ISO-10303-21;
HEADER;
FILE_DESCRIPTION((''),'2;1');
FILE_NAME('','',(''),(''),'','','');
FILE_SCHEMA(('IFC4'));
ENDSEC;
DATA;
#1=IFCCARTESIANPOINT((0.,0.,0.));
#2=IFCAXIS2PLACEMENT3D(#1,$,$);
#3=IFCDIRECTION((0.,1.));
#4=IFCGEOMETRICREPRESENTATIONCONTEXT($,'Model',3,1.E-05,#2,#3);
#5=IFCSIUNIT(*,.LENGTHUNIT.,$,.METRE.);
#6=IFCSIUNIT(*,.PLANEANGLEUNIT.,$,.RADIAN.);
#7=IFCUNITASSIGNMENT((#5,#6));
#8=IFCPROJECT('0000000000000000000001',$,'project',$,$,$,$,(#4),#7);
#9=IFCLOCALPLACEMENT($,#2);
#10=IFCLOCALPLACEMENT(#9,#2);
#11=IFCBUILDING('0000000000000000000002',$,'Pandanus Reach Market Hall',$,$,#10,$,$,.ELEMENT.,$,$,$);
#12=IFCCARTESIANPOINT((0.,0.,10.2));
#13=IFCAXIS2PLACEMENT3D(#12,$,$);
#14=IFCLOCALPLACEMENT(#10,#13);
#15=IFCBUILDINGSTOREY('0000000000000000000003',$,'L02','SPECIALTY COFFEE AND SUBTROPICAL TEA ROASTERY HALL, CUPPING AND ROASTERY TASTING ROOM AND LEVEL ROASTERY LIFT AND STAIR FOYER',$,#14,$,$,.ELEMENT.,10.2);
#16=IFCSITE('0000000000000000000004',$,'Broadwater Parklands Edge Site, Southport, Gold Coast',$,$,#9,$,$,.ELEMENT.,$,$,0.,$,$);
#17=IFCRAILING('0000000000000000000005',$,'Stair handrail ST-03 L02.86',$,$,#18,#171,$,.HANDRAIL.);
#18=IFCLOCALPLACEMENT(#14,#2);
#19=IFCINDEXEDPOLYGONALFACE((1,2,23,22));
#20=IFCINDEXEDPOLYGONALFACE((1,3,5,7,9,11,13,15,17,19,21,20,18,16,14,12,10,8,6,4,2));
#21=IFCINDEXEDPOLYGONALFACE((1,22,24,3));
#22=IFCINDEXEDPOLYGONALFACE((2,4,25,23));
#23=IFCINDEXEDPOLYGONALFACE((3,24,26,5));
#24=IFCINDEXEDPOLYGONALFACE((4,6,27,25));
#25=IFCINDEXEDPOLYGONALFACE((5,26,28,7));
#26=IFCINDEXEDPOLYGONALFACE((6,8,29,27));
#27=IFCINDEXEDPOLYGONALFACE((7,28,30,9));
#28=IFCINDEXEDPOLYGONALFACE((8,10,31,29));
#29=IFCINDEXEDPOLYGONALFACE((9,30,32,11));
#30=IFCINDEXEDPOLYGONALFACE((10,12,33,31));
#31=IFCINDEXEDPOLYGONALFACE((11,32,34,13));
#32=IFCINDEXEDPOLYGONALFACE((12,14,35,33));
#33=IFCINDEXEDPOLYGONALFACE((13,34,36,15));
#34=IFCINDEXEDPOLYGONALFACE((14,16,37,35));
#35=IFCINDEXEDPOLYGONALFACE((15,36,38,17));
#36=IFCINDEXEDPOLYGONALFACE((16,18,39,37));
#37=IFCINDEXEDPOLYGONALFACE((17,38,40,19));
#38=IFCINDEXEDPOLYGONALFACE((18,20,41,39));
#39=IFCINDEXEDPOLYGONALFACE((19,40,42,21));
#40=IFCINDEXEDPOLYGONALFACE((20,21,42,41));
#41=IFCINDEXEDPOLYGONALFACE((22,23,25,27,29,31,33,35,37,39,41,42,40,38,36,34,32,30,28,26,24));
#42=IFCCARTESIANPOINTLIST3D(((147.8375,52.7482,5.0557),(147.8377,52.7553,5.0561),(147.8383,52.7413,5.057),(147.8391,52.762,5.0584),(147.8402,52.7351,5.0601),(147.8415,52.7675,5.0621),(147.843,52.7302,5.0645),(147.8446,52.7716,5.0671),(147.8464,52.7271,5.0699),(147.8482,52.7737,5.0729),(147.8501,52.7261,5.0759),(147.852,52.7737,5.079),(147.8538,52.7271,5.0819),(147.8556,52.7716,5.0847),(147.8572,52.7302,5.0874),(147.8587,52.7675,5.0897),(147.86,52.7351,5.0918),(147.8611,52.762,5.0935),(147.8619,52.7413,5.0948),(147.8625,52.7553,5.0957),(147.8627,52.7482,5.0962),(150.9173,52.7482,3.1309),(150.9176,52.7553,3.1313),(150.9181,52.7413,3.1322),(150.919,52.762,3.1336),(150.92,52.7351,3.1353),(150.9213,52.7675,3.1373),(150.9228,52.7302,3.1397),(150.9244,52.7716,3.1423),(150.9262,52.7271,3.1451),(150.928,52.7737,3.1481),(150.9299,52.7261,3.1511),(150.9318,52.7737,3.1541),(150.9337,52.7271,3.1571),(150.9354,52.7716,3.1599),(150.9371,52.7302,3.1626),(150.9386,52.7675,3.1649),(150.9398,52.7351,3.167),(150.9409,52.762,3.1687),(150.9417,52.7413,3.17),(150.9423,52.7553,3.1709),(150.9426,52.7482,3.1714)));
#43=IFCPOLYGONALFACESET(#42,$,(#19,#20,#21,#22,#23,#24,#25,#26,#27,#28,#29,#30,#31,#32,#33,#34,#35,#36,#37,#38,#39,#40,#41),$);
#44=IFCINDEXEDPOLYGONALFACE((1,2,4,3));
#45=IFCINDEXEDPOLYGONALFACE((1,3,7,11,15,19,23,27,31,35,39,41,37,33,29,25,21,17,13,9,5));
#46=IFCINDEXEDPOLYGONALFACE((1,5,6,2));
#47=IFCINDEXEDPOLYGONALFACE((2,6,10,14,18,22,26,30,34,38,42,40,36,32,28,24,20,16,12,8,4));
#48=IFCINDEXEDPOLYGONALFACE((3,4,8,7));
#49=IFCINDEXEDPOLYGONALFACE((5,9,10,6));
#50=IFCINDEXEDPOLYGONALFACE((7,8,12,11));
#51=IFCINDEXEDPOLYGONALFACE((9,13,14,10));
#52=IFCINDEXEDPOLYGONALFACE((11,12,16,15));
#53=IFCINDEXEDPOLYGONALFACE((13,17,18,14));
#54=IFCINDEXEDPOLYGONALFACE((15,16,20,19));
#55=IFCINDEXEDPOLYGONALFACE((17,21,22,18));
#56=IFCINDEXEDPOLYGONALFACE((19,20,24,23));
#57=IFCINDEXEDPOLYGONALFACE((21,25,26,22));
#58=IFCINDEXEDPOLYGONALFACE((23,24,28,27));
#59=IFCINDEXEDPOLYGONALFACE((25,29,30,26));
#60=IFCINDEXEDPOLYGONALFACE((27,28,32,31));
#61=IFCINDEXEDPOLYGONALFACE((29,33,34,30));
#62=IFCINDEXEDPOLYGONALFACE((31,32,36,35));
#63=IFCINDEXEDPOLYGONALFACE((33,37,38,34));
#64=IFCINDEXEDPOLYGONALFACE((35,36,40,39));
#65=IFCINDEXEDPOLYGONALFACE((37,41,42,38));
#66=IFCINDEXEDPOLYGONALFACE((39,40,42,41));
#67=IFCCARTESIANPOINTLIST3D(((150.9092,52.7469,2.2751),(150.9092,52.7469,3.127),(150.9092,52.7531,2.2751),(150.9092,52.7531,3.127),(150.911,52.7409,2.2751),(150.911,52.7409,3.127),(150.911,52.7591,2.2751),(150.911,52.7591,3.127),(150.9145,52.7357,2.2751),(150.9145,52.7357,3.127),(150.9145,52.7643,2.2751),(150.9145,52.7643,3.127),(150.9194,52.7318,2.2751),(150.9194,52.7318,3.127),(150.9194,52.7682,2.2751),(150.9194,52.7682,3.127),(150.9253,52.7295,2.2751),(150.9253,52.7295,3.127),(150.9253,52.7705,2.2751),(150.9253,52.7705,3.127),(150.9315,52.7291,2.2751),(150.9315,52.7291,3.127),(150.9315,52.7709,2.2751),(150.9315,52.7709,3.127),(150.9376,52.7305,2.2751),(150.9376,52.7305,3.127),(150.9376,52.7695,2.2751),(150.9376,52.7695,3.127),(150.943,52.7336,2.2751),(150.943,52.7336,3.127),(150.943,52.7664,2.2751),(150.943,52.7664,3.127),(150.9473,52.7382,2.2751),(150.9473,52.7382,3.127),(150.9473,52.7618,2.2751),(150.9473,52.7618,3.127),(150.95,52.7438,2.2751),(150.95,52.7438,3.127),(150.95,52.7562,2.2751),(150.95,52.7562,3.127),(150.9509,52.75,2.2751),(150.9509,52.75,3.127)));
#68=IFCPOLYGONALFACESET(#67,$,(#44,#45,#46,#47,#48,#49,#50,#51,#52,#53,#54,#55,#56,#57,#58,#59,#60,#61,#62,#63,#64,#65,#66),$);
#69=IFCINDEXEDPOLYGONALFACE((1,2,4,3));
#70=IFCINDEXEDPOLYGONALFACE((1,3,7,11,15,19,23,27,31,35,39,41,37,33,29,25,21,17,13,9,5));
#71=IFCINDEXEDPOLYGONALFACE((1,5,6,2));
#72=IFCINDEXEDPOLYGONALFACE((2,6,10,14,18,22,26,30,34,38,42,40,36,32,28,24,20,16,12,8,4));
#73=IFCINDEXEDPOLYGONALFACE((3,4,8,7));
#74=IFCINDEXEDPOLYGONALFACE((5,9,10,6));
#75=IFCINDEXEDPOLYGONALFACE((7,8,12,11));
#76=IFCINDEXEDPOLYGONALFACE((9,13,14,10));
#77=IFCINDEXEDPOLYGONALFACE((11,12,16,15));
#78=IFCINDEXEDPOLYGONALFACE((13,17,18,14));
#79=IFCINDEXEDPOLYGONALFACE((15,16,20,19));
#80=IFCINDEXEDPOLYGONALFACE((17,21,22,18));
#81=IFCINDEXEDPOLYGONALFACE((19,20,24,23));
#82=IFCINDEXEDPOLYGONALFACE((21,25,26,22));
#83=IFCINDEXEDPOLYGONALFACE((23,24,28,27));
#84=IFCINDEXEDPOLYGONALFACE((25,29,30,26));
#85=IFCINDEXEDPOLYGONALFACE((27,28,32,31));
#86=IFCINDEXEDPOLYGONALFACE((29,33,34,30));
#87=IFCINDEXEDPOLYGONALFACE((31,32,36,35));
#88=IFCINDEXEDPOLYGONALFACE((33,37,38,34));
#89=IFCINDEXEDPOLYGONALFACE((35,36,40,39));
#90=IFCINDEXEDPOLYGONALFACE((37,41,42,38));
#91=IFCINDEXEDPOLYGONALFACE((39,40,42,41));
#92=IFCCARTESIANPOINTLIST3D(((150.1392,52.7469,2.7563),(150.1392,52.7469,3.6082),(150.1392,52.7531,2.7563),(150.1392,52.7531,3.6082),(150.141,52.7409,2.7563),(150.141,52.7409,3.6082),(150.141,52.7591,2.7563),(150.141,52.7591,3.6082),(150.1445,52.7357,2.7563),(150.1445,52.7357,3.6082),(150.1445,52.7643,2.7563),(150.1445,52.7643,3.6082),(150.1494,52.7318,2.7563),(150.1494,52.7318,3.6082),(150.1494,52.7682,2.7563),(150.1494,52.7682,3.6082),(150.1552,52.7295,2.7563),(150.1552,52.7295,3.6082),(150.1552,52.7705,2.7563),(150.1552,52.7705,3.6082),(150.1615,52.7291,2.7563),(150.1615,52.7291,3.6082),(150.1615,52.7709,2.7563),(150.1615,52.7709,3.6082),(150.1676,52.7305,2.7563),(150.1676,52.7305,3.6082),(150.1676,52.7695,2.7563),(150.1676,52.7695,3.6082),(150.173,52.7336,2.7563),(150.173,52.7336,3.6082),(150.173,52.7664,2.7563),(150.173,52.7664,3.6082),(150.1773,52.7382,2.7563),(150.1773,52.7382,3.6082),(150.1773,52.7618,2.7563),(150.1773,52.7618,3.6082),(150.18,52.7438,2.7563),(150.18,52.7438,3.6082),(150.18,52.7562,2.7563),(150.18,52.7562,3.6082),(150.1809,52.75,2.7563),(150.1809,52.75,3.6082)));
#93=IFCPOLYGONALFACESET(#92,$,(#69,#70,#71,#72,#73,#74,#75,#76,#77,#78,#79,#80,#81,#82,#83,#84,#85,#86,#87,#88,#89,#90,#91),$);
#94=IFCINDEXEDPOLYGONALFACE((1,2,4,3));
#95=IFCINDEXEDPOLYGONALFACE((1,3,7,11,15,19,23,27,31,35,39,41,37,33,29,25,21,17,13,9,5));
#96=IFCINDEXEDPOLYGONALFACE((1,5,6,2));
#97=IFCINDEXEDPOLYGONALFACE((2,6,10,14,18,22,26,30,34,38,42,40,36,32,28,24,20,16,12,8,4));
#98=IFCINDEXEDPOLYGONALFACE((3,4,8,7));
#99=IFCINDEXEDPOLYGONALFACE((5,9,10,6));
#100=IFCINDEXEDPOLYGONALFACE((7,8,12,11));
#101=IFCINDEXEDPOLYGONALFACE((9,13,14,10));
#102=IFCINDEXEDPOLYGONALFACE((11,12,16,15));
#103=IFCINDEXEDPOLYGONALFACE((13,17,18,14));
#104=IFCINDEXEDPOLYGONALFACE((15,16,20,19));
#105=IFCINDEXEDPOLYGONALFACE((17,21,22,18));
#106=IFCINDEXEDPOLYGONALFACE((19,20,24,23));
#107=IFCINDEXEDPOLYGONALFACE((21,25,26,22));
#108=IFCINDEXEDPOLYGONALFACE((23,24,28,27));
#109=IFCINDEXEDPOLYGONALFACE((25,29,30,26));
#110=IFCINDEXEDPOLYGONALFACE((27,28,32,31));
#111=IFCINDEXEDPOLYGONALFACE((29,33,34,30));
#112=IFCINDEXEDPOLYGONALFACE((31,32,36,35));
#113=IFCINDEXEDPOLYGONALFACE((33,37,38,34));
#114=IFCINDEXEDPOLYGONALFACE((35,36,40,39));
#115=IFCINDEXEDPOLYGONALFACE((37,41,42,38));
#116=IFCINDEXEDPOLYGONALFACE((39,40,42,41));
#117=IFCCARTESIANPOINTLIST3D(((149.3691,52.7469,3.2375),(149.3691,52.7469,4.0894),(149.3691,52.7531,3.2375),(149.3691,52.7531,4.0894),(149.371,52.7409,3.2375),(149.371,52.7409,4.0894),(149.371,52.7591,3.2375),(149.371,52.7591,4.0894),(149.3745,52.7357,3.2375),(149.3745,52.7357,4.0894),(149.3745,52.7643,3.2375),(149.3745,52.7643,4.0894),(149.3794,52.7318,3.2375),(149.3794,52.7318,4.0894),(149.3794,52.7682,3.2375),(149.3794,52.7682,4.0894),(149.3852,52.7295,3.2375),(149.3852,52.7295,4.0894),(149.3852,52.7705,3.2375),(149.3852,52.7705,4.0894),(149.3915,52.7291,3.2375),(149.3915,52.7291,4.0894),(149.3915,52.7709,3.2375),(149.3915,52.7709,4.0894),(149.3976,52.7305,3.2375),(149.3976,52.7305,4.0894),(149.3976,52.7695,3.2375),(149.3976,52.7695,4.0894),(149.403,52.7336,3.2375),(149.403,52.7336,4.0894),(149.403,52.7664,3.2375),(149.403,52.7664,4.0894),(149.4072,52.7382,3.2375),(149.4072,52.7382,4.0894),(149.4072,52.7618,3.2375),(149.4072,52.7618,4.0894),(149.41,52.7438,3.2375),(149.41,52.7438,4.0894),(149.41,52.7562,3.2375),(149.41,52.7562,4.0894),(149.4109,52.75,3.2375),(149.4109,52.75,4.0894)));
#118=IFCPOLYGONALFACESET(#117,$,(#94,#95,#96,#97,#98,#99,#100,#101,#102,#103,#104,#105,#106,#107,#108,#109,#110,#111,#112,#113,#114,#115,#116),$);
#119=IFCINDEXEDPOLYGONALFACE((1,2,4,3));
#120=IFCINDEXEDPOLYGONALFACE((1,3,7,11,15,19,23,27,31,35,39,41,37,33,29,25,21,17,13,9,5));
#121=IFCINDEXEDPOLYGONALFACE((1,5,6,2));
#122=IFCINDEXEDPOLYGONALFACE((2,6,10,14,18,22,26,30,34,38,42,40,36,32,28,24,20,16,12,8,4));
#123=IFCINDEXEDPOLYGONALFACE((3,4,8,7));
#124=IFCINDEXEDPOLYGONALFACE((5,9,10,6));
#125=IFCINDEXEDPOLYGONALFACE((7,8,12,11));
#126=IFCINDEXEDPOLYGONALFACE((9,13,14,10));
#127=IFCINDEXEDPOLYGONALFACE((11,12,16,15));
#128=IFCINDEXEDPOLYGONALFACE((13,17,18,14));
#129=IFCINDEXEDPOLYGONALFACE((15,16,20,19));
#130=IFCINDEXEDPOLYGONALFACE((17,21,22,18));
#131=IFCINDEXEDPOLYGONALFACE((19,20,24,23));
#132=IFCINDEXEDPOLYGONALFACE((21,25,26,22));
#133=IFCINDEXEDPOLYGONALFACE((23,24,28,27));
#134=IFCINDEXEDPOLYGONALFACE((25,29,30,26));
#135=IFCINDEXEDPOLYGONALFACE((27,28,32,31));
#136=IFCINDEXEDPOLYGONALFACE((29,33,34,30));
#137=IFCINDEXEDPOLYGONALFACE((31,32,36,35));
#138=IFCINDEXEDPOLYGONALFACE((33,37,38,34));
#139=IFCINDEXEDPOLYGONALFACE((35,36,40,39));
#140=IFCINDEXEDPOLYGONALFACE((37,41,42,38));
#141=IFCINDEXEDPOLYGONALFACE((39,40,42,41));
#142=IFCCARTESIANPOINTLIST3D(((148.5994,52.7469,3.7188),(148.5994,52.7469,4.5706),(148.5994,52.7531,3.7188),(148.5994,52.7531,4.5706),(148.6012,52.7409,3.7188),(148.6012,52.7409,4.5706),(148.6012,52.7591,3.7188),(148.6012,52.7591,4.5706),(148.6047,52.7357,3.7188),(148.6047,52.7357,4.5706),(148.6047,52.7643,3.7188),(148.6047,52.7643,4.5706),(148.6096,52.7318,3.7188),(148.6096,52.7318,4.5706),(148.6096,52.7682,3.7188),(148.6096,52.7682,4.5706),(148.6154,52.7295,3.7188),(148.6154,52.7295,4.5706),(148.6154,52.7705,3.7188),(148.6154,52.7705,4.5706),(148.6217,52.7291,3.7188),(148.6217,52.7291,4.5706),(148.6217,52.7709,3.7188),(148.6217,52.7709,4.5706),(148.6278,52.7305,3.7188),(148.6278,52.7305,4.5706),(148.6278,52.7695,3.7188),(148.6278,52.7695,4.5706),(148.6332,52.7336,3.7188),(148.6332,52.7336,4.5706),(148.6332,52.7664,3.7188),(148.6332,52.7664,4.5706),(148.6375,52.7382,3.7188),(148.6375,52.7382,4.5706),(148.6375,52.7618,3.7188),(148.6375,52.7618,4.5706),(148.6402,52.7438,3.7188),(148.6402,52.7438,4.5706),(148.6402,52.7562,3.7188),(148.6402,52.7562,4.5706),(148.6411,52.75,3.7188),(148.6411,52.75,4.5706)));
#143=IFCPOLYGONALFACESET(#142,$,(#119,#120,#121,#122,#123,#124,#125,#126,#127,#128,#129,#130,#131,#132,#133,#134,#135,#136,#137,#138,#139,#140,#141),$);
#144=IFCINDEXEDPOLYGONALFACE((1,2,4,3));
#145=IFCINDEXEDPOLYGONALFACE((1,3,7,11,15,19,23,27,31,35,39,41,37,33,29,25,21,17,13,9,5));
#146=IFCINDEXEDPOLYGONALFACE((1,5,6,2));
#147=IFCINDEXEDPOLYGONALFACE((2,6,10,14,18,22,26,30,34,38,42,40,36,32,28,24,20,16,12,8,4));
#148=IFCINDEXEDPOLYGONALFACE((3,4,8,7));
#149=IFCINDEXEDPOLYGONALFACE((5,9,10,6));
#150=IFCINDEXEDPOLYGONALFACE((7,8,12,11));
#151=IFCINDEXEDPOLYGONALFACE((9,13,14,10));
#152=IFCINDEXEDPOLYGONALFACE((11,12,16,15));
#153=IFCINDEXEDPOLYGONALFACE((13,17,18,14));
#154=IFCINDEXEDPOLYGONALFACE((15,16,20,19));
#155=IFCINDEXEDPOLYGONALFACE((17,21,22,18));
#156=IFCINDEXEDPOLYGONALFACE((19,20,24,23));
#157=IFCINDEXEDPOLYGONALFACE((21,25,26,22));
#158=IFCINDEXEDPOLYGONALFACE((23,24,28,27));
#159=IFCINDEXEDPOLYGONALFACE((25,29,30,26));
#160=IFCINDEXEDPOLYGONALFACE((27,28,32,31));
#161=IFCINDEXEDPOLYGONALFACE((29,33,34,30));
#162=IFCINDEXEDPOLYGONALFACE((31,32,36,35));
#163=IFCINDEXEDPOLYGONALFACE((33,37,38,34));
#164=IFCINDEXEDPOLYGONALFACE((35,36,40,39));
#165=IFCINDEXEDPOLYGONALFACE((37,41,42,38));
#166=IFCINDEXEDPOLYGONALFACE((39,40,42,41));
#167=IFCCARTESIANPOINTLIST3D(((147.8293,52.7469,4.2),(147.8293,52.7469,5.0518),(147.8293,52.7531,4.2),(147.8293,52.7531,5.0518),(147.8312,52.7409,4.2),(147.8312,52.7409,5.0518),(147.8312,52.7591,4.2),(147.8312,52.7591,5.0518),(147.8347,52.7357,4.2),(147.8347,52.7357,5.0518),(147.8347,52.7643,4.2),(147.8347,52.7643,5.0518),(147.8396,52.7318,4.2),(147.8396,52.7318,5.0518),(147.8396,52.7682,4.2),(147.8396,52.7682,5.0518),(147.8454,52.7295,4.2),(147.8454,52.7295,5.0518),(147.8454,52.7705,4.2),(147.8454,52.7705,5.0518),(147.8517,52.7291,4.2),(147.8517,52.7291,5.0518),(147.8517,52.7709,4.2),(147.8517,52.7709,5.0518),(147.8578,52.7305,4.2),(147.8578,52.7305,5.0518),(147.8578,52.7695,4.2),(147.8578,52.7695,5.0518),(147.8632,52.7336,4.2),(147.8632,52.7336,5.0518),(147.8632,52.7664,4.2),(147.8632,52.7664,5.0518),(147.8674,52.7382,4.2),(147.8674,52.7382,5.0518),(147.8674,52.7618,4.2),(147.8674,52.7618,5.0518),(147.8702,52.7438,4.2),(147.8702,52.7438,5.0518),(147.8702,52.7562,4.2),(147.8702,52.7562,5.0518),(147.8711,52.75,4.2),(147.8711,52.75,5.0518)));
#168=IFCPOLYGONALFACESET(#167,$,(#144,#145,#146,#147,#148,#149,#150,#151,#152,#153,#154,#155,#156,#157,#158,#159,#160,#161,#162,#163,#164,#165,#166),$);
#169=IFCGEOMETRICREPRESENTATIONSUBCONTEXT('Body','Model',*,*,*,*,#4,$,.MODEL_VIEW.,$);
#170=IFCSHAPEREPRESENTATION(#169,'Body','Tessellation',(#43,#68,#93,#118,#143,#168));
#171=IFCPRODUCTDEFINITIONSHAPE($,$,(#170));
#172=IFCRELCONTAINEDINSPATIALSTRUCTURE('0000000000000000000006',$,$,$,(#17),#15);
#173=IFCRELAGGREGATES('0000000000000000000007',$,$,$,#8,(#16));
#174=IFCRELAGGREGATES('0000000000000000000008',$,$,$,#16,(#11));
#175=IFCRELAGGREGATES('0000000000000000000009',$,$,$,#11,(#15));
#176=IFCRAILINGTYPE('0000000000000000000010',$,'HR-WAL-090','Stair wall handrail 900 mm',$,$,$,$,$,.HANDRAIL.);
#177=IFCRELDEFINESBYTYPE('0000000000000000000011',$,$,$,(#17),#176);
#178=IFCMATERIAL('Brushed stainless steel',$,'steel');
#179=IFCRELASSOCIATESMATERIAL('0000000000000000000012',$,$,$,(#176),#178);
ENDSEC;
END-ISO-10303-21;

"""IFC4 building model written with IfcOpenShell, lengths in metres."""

from ifc_helpers import new_model, si_unit, direction, frame, origin, origin_2d, place, context, subcontext, project, spatial, circle, extrude, material, type_object, element, save


model = new_model("IFC4")

# Units and contexts
model_context = context("Model", 3, precision=1e-05, world=origin(), true_north=direction((0.0, 1.0)))
body_context = subcontext(model_context, "Body", "Model", "MODEL_VIEW")
ifc_project = project(units=[si_unit("LENGTHUNIT", "METRE"), si_unit("PLANEANGLEUNIT", "RADIAN")], contexts=[model_context])

# Site, building, storey
site_placement = place(None, origin())
site = spatial("IfcSite", under=ifc_project, at=site_placement, Name="Broadwater Parklands Edge Site, Southport, Gold Coast", CompositionType="ELEMENT", RefElevation=0.0)
building_placement = place(site_placement, origin())
building = spatial("IfcBuilding", under=site, at=building_placement, Name="Pandanus Reach Market Hall", CompositionType="ELEMENT")
storey_placement = place(building_placement, frame((0.0, 0.0, 10.2)))
storey = spatial("IfcBuildingStorey", under=building, at=storey_placement, Name="L02", Description="SPECIALTY COFFEE AND SUBTROPICAL TEA ROASTERY HALL, CUPPING AND ROASTERY TASTING ROOM AND LEVEL ROASTERY LIFT AND STAIR FOYER", CompositionType="ELEMENT", Elevation=10.2)

# Railing
ifc_material_1 = material(Name="Brushed stainless steel", Category="steel")
railing_type_1 = type_object("IfcRailingType", Name="HR-WAL-090", Description="Stair wall handrail 900 mm", PredefinedType="HANDRAIL", material=ifc_material_1)
railing_1_placement = place(storey_placement, frame((150.9299, 52.75, 2.2751)))
element("IfcRailing", 1, at=railing_1_placement, inside=storey, type_object=railing_type_1, Name="Stair handrail ST-03 L02.86", PredefinedType="HANDRAIL", context=body_context, shape_type="SweptSolid", body=[
    extrude(circle(Radius=0.0239, at=origin_2d()), frame((0.0, 0.0, 0.876), z_axis=(-0.84801, 0.0, 0.529981), x_axis=(0.0, -1.0, 0.0)), (0.0, 0.0, 1.0), 3.6318),
    extrude(circle(Radius=0.021, at=origin_2d()), origin(), (0.0, 0.0, 1.0), 0.8518),
    extrude(circle(Radius=0.021, at=origin_2d()), frame((-0.77, 0.0, 0.4812)), (0.0, 0.0, 1.0), 0.8518),
    extrude(circle(Radius=0.021, at=origin_2d()), frame((-1.54, 0.0, 0.9624)), (0.0, 0.0, 1.0), 0.8518),
    extrude(circle(Radius=0.021, at=origin_2d()), frame((-2.3098, 0.0, 1.4436)), (0.0, 0.0, 1.0), 0.8518),
    extrude(circle(Radius=0.021, at=origin_2d()), frame((-3.0798, 0.0, 1.9248)), (0.0, 0.0, 1.0), 0.8518),
])

save(model, "model.ifc")
